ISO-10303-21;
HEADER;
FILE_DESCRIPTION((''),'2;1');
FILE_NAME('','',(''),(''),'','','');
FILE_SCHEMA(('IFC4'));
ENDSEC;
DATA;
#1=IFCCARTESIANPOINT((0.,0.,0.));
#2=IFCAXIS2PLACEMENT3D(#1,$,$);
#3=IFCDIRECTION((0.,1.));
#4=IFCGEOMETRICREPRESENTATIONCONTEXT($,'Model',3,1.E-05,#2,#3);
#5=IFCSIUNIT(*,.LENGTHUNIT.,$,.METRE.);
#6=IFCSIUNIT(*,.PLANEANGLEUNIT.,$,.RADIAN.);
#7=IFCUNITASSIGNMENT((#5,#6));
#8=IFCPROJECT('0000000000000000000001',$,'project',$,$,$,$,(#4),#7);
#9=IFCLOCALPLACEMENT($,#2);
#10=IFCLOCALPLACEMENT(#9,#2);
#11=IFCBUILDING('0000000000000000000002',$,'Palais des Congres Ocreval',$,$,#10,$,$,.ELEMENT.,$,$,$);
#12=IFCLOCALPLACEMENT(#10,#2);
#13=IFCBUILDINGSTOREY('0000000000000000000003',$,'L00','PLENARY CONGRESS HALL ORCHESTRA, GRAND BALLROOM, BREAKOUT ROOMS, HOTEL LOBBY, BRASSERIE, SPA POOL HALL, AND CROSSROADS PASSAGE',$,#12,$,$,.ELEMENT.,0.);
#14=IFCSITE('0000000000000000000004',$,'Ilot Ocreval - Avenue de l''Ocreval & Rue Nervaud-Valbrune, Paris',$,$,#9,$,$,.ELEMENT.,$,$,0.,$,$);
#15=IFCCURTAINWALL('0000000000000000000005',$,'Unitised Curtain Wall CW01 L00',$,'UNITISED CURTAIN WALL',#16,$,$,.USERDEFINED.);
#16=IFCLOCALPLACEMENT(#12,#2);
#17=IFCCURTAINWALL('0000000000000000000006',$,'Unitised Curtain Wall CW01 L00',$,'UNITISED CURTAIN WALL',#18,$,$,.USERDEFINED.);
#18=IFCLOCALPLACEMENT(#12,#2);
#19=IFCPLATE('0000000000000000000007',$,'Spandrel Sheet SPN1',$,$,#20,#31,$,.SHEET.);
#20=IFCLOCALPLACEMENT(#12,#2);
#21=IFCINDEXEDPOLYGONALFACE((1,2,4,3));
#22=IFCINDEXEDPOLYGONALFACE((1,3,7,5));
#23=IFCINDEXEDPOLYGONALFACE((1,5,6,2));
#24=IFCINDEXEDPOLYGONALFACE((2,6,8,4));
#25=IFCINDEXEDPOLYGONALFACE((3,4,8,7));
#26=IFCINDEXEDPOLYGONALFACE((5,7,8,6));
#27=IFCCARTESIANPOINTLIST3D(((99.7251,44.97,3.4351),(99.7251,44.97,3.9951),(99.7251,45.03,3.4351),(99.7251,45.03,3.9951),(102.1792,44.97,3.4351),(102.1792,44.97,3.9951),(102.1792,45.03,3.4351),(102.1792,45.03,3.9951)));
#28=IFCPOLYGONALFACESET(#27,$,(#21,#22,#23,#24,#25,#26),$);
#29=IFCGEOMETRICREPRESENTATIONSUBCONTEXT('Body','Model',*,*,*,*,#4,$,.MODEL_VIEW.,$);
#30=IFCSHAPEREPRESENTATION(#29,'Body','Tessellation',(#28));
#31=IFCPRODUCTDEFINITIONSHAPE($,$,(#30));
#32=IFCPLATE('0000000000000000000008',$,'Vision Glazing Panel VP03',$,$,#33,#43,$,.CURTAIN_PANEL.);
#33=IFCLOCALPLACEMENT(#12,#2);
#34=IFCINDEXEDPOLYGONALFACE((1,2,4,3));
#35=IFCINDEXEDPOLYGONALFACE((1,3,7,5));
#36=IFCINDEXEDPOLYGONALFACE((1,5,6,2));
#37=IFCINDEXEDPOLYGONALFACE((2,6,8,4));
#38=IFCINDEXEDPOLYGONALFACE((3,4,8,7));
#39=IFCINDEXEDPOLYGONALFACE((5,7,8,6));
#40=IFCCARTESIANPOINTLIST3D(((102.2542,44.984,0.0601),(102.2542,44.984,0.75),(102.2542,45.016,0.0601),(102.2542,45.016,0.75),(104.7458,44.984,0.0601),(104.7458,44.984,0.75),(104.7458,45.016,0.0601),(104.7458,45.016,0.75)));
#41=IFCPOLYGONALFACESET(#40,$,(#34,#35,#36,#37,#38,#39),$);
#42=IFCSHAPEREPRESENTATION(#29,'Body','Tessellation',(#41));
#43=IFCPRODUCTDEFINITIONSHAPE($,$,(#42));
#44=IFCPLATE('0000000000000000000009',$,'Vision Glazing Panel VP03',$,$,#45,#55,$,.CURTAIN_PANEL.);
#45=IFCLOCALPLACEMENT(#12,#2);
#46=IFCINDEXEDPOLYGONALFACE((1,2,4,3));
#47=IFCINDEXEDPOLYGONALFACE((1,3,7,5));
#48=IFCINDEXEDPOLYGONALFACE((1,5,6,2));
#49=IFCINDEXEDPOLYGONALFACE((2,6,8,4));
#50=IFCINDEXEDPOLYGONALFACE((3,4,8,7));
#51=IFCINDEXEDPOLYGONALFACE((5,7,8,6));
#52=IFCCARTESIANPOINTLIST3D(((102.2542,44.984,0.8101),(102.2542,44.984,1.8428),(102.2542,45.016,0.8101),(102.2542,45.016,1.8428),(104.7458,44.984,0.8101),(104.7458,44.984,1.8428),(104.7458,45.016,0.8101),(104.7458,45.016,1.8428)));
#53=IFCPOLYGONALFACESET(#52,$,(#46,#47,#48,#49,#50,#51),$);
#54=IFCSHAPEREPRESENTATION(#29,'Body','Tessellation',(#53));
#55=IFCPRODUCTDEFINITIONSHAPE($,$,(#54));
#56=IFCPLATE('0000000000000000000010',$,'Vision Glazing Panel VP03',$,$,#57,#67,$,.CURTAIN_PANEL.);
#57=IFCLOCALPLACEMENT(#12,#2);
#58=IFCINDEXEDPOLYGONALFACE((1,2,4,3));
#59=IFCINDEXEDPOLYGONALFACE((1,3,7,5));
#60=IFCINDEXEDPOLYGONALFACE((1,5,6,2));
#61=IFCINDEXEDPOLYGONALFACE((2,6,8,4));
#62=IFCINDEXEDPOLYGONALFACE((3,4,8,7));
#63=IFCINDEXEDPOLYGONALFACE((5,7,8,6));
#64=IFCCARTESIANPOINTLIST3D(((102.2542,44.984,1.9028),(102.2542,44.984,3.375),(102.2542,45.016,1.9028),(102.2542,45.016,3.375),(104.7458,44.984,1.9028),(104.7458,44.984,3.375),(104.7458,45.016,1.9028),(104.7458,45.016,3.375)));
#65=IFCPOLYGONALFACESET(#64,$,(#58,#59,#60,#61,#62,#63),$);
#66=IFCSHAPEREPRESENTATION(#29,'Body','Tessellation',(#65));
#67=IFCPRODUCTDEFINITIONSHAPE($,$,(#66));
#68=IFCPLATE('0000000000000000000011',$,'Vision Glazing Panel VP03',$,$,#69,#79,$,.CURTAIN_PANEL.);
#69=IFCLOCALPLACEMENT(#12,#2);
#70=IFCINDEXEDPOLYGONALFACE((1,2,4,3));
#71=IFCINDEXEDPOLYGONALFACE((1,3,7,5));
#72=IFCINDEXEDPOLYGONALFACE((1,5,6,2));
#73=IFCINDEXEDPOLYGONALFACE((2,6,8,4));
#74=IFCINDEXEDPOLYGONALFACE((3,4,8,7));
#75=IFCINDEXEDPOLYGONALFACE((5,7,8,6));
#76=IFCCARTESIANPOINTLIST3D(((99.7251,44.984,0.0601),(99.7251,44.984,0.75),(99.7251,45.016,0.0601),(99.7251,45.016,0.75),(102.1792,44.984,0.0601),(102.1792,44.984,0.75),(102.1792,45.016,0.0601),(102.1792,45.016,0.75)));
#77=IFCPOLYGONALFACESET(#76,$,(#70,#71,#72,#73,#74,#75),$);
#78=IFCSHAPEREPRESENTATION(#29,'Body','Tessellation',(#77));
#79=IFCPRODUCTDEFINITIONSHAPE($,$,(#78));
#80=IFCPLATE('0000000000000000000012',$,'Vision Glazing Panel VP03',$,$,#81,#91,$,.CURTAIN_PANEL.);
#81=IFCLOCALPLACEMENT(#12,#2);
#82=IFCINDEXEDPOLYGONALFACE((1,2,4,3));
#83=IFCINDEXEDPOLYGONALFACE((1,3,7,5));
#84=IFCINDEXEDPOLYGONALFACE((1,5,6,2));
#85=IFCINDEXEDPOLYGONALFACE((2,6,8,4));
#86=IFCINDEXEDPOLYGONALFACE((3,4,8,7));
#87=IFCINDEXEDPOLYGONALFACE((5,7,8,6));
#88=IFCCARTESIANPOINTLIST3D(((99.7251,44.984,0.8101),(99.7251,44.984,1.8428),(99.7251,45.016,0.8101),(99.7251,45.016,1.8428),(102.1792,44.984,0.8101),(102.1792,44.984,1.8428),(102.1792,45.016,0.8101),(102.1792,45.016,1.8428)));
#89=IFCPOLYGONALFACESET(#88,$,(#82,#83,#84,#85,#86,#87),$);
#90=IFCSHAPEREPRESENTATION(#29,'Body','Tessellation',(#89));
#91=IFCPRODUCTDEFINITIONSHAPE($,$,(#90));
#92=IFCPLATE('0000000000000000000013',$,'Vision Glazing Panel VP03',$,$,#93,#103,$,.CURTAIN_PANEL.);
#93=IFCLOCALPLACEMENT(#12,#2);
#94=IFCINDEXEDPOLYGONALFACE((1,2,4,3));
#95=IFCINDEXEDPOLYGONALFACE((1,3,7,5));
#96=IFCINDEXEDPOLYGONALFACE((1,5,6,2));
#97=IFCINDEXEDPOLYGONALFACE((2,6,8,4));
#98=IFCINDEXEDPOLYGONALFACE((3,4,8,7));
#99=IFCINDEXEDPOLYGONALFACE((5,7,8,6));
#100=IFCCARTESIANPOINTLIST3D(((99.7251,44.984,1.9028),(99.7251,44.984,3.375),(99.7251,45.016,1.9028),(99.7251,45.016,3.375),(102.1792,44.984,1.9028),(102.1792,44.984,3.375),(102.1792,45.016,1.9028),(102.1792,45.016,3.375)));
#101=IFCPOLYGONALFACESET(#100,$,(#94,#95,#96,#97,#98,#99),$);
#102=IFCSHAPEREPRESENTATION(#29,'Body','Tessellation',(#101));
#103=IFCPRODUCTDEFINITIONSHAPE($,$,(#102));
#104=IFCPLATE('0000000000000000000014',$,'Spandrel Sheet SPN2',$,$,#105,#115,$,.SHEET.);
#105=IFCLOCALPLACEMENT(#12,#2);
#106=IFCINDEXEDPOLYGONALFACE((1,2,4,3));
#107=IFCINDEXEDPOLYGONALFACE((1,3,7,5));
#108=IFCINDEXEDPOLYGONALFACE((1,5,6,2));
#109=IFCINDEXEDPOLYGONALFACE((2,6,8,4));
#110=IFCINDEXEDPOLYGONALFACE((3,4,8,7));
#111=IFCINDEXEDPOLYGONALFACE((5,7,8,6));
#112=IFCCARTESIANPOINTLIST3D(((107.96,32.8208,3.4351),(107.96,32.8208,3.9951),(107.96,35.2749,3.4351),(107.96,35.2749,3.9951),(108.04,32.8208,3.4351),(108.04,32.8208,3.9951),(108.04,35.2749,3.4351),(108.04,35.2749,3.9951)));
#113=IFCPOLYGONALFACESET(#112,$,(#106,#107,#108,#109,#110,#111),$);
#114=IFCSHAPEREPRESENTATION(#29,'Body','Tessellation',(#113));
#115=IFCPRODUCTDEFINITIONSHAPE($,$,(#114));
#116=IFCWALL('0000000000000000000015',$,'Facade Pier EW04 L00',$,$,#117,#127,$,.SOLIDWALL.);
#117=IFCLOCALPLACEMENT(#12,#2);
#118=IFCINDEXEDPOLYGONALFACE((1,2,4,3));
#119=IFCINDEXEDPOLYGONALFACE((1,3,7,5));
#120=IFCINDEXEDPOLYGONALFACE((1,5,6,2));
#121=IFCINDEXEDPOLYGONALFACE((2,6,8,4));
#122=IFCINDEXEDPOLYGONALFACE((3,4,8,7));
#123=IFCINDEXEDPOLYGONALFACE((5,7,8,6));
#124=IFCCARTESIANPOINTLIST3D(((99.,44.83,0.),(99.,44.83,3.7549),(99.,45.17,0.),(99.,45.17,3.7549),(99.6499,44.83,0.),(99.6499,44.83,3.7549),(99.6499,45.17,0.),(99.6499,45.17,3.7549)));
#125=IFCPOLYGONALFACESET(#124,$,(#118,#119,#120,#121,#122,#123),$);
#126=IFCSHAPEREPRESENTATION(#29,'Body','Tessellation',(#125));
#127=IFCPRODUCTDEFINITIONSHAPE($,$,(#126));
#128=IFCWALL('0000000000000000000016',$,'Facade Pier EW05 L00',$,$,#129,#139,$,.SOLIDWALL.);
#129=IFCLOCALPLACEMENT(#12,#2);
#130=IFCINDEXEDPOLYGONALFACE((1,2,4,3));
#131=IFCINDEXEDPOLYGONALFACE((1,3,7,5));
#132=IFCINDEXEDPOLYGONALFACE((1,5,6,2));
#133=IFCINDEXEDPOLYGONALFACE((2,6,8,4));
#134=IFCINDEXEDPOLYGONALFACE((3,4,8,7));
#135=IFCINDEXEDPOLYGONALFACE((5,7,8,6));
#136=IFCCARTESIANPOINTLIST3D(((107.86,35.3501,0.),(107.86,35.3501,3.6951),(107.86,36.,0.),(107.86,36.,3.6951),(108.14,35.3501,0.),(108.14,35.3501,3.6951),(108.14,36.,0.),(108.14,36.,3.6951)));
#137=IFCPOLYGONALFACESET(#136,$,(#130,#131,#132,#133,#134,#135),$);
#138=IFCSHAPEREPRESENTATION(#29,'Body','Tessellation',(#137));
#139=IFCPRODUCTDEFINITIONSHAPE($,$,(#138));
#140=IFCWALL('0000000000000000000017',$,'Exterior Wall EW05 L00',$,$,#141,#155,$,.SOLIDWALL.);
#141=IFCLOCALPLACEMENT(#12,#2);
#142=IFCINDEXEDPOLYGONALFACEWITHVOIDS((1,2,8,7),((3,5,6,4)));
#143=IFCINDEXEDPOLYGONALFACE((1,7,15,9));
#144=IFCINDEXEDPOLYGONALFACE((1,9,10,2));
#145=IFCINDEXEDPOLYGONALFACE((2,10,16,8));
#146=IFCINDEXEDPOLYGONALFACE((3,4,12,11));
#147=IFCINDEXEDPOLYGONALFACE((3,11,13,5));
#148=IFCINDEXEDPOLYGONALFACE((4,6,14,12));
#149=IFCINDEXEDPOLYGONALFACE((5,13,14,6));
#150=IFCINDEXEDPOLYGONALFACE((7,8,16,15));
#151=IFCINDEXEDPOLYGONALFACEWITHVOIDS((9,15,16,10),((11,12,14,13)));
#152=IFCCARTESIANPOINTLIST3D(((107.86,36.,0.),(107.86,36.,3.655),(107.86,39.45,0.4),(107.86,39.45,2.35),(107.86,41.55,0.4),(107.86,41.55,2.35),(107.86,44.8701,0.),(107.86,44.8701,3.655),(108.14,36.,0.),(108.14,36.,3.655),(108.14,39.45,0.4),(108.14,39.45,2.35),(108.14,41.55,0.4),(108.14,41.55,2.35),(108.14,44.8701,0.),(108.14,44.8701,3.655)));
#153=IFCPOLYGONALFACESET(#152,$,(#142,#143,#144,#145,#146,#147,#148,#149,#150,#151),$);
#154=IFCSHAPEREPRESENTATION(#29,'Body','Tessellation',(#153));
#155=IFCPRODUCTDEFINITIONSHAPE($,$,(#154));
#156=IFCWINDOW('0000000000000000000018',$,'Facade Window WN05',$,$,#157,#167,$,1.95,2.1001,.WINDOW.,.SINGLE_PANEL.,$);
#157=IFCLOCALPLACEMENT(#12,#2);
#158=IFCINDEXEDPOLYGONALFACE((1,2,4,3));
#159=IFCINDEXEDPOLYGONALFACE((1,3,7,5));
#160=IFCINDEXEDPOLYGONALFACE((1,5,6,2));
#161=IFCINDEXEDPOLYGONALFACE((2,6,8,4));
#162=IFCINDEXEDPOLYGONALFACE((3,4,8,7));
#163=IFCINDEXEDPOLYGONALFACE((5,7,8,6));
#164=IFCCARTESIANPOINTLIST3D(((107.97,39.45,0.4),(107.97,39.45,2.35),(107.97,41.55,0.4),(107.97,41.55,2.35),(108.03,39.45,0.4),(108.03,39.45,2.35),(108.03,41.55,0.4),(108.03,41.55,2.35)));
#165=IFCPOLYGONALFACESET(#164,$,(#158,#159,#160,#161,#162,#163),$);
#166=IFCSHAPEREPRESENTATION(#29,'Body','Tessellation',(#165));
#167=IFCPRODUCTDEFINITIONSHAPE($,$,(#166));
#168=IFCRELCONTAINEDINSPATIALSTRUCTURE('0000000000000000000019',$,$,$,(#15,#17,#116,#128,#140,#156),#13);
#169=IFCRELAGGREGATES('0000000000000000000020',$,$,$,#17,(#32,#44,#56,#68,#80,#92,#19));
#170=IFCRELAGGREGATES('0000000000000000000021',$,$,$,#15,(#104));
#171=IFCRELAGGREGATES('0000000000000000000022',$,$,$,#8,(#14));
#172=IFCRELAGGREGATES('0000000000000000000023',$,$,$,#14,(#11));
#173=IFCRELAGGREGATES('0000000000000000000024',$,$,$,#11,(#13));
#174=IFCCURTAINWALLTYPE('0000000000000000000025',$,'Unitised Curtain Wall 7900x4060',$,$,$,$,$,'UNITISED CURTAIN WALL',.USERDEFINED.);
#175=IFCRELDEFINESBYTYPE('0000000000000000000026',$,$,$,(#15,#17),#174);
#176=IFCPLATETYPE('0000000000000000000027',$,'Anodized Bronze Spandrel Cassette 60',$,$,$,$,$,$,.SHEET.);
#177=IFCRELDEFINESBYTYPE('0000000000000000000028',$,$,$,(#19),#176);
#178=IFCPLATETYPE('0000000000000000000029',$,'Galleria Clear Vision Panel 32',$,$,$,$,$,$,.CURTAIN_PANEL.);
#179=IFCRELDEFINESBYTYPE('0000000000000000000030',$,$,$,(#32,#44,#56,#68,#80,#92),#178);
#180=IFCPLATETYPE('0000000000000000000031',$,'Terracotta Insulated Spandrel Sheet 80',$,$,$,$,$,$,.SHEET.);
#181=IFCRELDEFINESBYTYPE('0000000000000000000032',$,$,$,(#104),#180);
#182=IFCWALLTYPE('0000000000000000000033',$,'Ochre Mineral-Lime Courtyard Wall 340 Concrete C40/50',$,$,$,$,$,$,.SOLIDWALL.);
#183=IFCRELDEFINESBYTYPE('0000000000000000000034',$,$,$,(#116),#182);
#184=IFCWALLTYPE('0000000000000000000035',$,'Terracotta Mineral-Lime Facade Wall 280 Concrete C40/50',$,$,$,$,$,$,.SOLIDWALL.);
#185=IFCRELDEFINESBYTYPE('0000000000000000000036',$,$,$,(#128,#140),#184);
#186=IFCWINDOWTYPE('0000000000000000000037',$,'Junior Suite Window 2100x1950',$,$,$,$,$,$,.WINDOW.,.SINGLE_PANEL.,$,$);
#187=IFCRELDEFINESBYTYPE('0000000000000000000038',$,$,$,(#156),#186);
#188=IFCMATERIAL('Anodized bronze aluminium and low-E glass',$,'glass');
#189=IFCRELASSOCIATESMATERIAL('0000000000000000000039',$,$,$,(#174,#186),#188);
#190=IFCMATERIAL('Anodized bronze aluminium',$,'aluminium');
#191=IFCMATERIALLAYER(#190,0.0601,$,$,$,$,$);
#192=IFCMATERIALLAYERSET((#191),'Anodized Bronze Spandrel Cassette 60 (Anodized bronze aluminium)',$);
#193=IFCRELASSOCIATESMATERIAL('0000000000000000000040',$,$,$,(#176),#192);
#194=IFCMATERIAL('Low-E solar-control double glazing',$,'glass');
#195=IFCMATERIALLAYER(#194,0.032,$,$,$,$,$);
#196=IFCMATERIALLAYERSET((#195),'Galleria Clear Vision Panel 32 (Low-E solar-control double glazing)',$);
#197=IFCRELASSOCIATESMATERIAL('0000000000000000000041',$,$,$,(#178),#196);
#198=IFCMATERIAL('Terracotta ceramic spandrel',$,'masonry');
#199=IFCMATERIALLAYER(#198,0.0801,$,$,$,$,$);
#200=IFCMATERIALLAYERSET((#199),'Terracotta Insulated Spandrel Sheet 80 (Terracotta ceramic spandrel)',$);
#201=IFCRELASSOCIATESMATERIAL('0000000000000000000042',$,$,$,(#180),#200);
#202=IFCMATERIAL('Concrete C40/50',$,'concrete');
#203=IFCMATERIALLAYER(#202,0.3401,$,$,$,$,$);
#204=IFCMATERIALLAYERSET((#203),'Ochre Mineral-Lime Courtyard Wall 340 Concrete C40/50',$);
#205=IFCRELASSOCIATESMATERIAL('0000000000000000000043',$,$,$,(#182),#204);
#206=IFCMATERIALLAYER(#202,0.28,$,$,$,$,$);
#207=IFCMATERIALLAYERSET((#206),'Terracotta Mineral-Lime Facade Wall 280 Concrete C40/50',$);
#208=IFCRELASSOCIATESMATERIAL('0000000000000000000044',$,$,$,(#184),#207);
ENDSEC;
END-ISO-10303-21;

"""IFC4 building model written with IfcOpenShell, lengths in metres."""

from ifc_helpers import new_model, si_unit, direction, frame, frame_2d, origin, origin_2d, place, context, subcontext, project, spatial, rectangle, extrude, material, layer, layer_set, type_object, element, fill, aggregate, save


model = new_model("IFC4")

# Units and contexts
model_context = context("Model", 3, precision=1e-05, world=origin(), true_north=direction((0.0, 1.0)))
body_context = subcontext(model_context, "Body", "Model", "MODEL_VIEW")
ifc_project = project(units=[si_unit("LENGTHUNIT", "METRE"), si_unit("PLANEANGLEUNIT", "RADIAN")], contexts=[model_context])

# Site, building, storey
site_placement = place(None, origin())
site = spatial("IfcSite", under=ifc_project, at=site_placement, Name="Ilot Ocreval - Avenue de l'Ocreval & Rue Nervaud-Valbrune, Paris", CompositionType="ELEMENT", RefElevation=0.0)
building_placement = place(site_placement, origin())
building = spatial("IfcBuilding", under=site, at=building_placement, Name="Palais des Congres Ocreval", CompositionType="ELEMENT")
storey_placement = place(building_placement, origin())
storey = spatial("IfcBuildingStorey", under=building, at=storey_placement, Name="L00", Description="PLENARY CONGRESS HALL ORCHESTRA, GRAND BALLROOM, BREAKOUT ROOMS, HOTEL LOBBY, BRASSERIE, SPA POOL HALL, AND CROSSROADS PASSAGE", CompositionType="ELEMENT", Elevation=0.0)

# Curtain wall
ifc_material_1 = material(Name="Anodized bronze aluminium and low-E glass", Category="glass")
curtain_wall_type = type_object("IfcCurtainWallType", Name="Unitised Curtain Wall 7900x4060", ElementType="UNITISED CURTAIN WALL", PredefinedType="USERDEFINED", material=ifc_material_1)
curtain_wall_1_placement = place(storey_placement, origin())
curtain_wall_1 = element("IfcCurtainWall", 1, at=curtain_wall_1_placement, inside=storey, type_object=curtain_wall_type, Name="Unitised Curtain Wall CW01 L00", ObjectType="UNITISED CURTAIN WALL", PredefinedType="USERDEFINED")
ifc_material_2 = material(Name="Anodized bronze aluminium", Category="aluminium")

# Curtain wall
curtain_wall_2_placement = place(storey_placement, origin())
curtain_wall_2 = element("IfcCurtainWall", 2, at=curtain_wall_2_placement, inside=storey, type_object=curtain_wall_type, Name="Unitised Curtain Wall CW01 L00", ObjectType="UNITISED CURTAIN WALL", PredefinedType="USERDEFINED")

# Plates
ifc_layer_1 = layer(ifc_material_2, 0.0601)
ifc_layer_set_1 = layer_set([ifc_layer_1], Name="Anodized Bronze Spandrel Cassette 60 (Anodized bronze aluminium)")
plate_type_1 = type_object("IfcPlateType", Name="Anodized Bronze Spandrel Cassette 60", PredefinedType="SHEET", material=ifc_layer_set_1)
plate_1_placement = place(storey_placement, frame((100.9521, 45.0, 3.4351), z_axis=(0.0, 0.0, 1.0), x_axis=(-1.0, 0.0, 0.0)))
plate_1 = element("IfcPlate", 3, at=plate_1_placement, type_object=plate_type_1, Name="Spandrel Sheet SPN1", PredefinedType="SHEET", context=body_context, shape_type="SweptSolid", body=[
    extrude(rectangle(XDim=2.4541, YDim=0.0601, at=origin_2d()), origin(), (0.0, 0.0, 1.0), 0.5601),
])
ifc_material_3 = material(Name="Low-E solar-control double glazing", Category="glass")
ifc_layer_2 = layer(ifc_material_3, 0.032)
ifc_layer_set_2 = layer_set([ifc_layer_2], Name="Galleria Clear Vision Panel 32 (Low-E solar-control double glazing)")
plate_type_2 = type_object("IfcPlateType", Name="Galleria Clear Vision Panel 32", PredefinedType="CURTAIN_PANEL", material=ifc_layer_set_2)
plate_2_placement = place(storey_placement, frame((103.5, 45.0, 0.0601), z_axis=(0.0, 0.0, 1.0), x_axis=(-1.0, 0.0, 0.0)))
plate_2 = element("IfcPlate", 4, at=plate_2_placement, type_object=plate_type_2, Name="Vision Glazing Panel VP03", PredefinedType="CURTAIN_PANEL", context=body_context, shape_type="SweptSolid", body=[
    extrude(rectangle(XDim=2.4917, YDim=0.032, at=origin_2d()), origin(), (0.0, 0.0, 1.0), 0.6899),
])
plate_3_placement = place(storey_placement, frame((103.5, 45.0, 0.8101), z_axis=(0.0, 0.0, 1.0), x_axis=(-1.0, 0.0, 0.0)))
plate_3 = element("IfcPlate", 5, at=plate_3_placement, type_object=plate_type_2, Name="Vision Glazing Panel VP03", PredefinedType="CURTAIN_PANEL", context=body_context, shape_type="SweptSolid", body=[
    extrude(rectangle(XDim=2.4917, YDim=0.032, at=origin_2d()), origin(), (0.0, 0.0, 1.0), 1.0327),
])
plate_4_placement = place(storey_placement, frame((103.5, 45.0, 1.9028), z_axis=(0.0, 0.0, 1.0), x_axis=(-1.0, 0.0, 0.0)))
plate_4 = element("IfcPlate", 6, at=plate_4_placement, type_object=plate_type_2, Name="Vision Glazing Panel VP03", PredefinedType="CURTAIN_PANEL", context=body_context, shape_type="SweptSolid", body=[
    extrude(rectangle(XDim=2.4917, YDim=0.032, at=origin_2d()), origin(), (0.0, 0.0, 1.0), 1.4722),
])
plate_5_placement = place(storey_placement, frame((100.9521, 45.0, 0.0601), z_axis=(0.0, 0.0, 1.0), x_axis=(-1.0, 0.0, 0.0)))
plate_5 = element("IfcPlate", 7, at=plate_5_placement, type_object=plate_type_2, Name="Vision Glazing Panel VP03", PredefinedType="CURTAIN_PANEL", context=body_context, shape_type="SweptSolid", body=[
    extrude(rectangle(XDim=2.4541, YDim=0.032, at=origin_2d()), origin(), (0.0, 0.0, 1.0), 0.6899),
])
plate_6_placement = place(storey_placement, frame((100.9521, 45.0, 0.8101), z_axis=(0.0, 0.0, 1.0), x_axis=(-1.0, 0.0, 0.0)))
plate_6 = element("IfcPlate", 8, at=plate_6_placement, type_object=plate_type_2, Name="Vision Glazing Panel VP03", PredefinedType="CURTAIN_PANEL", context=body_context, shape_type="SweptSolid", body=[
    extrude(rectangle(XDim=2.4541, YDim=0.032, at=origin_2d()), origin(), (0.0, 0.0, 1.0), 1.0327),
])
plate_7_placement = place(storey_placement, frame((100.9521, 45.0, 1.9028), z_axis=(0.0, 0.0, 1.0), x_axis=(-1.0, 0.0, 0.0)))
plate_7 = element("IfcPlate", 9, at=plate_7_placement, type_object=plate_type_2, Name="Vision Glazing Panel VP03", PredefinedType="CURTAIN_PANEL", context=body_context, shape_type="SweptSolid", body=[
    extrude(rectangle(XDim=2.4541, YDim=0.032, at=origin_2d()), origin(), (0.0, 0.0, 1.0), 1.4722),
])
aggregate(curtain_wall_2, [plate_2, plate_3, plate_4, plate_5, plate_6, plate_7, plate_1])
ifc_material_4 = material(Name="Terracotta ceramic spandrel", Category="masonry")
ifc_layer_3 = layer(ifc_material_4, 0.0801)
ifc_layer_set_3 = layer_set([ifc_layer_3], Name="Terracotta Insulated Spandrel Sheet 80 (Terracotta ceramic spandrel)")
plate_type_3 = type_object("IfcPlateType", Name="Terracotta Insulated Spandrel Sheet 80", PredefinedType="SHEET", material=ifc_layer_set_3)
plate_8_placement = place(storey_placement, frame((108.0, 34.0479, 3.4351), z_axis=(0.0, 0.0, 1.0), x_axis=(0.0, 1.0, 0.0)))
plate_8 = element("IfcPlate", 10, at=plate_8_placement, type_object=plate_type_3, Name="Spandrel Sheet SPN2", PredefinedType="SHEET", context=body_context, shape_type="SweptSolid", body=[
    extrude(rectangle(XDim=2.4541, YDim=0.0801, at=origin_2d()), origin(), (0.0, 0.0, 1.0), 0.5601),
])
aggregate(curtain_wall_1, [plate_8])

# Walls
ifc_material_5 = material(Name="Concrete C40/50", Category="concrete")
ifc_layer_4 = layer(ifc_material_5, 0.3401)
ifc_layer_set_4 = layer_set([ifc_layer_4], Name="Ochre Mineral-Lime Courtyard Wall 340 Concrete C40/50")
wall_type_1 = type_object("IfcWallType", Name="Ochre Mineral-Lime Courtyard Wall 340 Concrete C40/50", PredefinedType="SOLIDWALL", material=ifc_layer_set_4)
wall_1_placement = place(storey_placement, frame((99.6499, 45.0, 0.0), z_axis=(0.0, 0.0, 1.0), x_axis=(-1.0, 0.0, 0.0)))
element("IfcWall", 11, at=wall_1_placement, inside=storey, type_object=wall_type_1, Name="Facade Pier EW04 L00", PredefinedType="SOLIDWALL", context=body_context, shape_type="SweptSolid", body=[
    extrude(rectangle(XDim=0.6499, YDim=0.3401, at=frame_2d((0.325, 0.0))), origin(), (0.0, 0.0, 1.0), 3.7549),
])
ifc_layer_5 = layer(ifc_material_5, 0.28)
ifc_layer_set_5 = layer_set([ifc_layer_5], Name="Terracotta Mineral-Lime Facade Wall 280 Concrete C40/50")
wall_type_2 = type_object("IfcWallType", Name="Terracotta Mineral-Lime Facade Wall 280 Concrete C40/50", PredefinedType="SOLIDWALL", material=ifc_layer_set_5)
wall_2_placement = place(storey_placement, frame((108.0, 35.3501, 0.0), z_axis=(0.0, 0.0, 1.0), x_axis=(0.0, 1.0, 0.0)))
element("IfcWall", 12, at=wall_2_placement, inside=storey, type_object=wall_type_2, Name="Facade Pier EW05 L00", PredefinedType="SOLIDWALL", context=body_context, shape_type="SweptSolid", body=[
    extrude(rectangle(XDim=0.6499, YDim=0.28, at=frame_2d((0.325, 0.0))), origin(), (0.0, 0.0, 1.0), 3.6951),
])

# Wall, opening, window
wall_3_placement = place(storey_placement, frame((108.0, 36.0, 0.0), z_axis=(0.0, 0.0, 1.0), x_axis=(0.0, 1.0, 0.0)))
wall_3 = element("IfcWall", 13, at=wall_3_placement, inside=storey, type_object=wall_type_2, Name="Exterior Wall EW05 L00", PredefinedType="SOLIDWALL", context=body_context, shape_type="SweptSolid", body=[
    extrude(rectangle(XDim=8.8701, YDim=0.28, at=frame_2d((4.4351, 0.0))), origin(), (0.0, 0.0, 1.0), 3.655),
])
opening_placement = place(wall_3_placement, frame((3.45, 0.0, 0.3999)))
opening = element("IfcOpeningElement", 14, at=opening_placement, cuts=wall_3, PredefinedType="OPENING", context=body_context, shape_type="SweptSolid", body=[
    extrude(rectangle(XDim=2.1001, YDim=1.95, at=frame_2d((1.05, 0.9751))), frame((0.0, 0.1499, 0.0), z_axis=(0.0, -1.0, 0.0), x_axis=(1.0, 0.0, 0.0)), (0.0, 0.0, 1.0), 0.3),
])
window_type = type_object("IfcWindowType", Name="Junior Suite Window 2100x1950", PartitioningType="SINGLE_PANEL", PredefinedType="WINDOW", material=ifc_material_1)
window_placement = place(opening_placement, origin())
window = element("IfcWindow", 15, at=window_placement, inside=storey, type_object=window_type, Name="Facade Window WN05", OverallHeight=1.95, OverallWidth=2.1001, PartitioningType="SINGLE_PANEL", PredefinedType="WINDOW", context=body_context, shape_type="SweptSolid", body=[
    extrude(rectangle(XDim=2.1001, YDim=1.95, at=frame_2d((1.05, 0.9751))), frame((0.0, 0.03, 0.0), z_axis=(0.0, -1.0, 0.0), x_axis=(1.0, 0.0, 0.0)), (0.0, 0.0, 1.0), 0.0601),
])
fill(opening, window)

save(model, "model.ifc")
